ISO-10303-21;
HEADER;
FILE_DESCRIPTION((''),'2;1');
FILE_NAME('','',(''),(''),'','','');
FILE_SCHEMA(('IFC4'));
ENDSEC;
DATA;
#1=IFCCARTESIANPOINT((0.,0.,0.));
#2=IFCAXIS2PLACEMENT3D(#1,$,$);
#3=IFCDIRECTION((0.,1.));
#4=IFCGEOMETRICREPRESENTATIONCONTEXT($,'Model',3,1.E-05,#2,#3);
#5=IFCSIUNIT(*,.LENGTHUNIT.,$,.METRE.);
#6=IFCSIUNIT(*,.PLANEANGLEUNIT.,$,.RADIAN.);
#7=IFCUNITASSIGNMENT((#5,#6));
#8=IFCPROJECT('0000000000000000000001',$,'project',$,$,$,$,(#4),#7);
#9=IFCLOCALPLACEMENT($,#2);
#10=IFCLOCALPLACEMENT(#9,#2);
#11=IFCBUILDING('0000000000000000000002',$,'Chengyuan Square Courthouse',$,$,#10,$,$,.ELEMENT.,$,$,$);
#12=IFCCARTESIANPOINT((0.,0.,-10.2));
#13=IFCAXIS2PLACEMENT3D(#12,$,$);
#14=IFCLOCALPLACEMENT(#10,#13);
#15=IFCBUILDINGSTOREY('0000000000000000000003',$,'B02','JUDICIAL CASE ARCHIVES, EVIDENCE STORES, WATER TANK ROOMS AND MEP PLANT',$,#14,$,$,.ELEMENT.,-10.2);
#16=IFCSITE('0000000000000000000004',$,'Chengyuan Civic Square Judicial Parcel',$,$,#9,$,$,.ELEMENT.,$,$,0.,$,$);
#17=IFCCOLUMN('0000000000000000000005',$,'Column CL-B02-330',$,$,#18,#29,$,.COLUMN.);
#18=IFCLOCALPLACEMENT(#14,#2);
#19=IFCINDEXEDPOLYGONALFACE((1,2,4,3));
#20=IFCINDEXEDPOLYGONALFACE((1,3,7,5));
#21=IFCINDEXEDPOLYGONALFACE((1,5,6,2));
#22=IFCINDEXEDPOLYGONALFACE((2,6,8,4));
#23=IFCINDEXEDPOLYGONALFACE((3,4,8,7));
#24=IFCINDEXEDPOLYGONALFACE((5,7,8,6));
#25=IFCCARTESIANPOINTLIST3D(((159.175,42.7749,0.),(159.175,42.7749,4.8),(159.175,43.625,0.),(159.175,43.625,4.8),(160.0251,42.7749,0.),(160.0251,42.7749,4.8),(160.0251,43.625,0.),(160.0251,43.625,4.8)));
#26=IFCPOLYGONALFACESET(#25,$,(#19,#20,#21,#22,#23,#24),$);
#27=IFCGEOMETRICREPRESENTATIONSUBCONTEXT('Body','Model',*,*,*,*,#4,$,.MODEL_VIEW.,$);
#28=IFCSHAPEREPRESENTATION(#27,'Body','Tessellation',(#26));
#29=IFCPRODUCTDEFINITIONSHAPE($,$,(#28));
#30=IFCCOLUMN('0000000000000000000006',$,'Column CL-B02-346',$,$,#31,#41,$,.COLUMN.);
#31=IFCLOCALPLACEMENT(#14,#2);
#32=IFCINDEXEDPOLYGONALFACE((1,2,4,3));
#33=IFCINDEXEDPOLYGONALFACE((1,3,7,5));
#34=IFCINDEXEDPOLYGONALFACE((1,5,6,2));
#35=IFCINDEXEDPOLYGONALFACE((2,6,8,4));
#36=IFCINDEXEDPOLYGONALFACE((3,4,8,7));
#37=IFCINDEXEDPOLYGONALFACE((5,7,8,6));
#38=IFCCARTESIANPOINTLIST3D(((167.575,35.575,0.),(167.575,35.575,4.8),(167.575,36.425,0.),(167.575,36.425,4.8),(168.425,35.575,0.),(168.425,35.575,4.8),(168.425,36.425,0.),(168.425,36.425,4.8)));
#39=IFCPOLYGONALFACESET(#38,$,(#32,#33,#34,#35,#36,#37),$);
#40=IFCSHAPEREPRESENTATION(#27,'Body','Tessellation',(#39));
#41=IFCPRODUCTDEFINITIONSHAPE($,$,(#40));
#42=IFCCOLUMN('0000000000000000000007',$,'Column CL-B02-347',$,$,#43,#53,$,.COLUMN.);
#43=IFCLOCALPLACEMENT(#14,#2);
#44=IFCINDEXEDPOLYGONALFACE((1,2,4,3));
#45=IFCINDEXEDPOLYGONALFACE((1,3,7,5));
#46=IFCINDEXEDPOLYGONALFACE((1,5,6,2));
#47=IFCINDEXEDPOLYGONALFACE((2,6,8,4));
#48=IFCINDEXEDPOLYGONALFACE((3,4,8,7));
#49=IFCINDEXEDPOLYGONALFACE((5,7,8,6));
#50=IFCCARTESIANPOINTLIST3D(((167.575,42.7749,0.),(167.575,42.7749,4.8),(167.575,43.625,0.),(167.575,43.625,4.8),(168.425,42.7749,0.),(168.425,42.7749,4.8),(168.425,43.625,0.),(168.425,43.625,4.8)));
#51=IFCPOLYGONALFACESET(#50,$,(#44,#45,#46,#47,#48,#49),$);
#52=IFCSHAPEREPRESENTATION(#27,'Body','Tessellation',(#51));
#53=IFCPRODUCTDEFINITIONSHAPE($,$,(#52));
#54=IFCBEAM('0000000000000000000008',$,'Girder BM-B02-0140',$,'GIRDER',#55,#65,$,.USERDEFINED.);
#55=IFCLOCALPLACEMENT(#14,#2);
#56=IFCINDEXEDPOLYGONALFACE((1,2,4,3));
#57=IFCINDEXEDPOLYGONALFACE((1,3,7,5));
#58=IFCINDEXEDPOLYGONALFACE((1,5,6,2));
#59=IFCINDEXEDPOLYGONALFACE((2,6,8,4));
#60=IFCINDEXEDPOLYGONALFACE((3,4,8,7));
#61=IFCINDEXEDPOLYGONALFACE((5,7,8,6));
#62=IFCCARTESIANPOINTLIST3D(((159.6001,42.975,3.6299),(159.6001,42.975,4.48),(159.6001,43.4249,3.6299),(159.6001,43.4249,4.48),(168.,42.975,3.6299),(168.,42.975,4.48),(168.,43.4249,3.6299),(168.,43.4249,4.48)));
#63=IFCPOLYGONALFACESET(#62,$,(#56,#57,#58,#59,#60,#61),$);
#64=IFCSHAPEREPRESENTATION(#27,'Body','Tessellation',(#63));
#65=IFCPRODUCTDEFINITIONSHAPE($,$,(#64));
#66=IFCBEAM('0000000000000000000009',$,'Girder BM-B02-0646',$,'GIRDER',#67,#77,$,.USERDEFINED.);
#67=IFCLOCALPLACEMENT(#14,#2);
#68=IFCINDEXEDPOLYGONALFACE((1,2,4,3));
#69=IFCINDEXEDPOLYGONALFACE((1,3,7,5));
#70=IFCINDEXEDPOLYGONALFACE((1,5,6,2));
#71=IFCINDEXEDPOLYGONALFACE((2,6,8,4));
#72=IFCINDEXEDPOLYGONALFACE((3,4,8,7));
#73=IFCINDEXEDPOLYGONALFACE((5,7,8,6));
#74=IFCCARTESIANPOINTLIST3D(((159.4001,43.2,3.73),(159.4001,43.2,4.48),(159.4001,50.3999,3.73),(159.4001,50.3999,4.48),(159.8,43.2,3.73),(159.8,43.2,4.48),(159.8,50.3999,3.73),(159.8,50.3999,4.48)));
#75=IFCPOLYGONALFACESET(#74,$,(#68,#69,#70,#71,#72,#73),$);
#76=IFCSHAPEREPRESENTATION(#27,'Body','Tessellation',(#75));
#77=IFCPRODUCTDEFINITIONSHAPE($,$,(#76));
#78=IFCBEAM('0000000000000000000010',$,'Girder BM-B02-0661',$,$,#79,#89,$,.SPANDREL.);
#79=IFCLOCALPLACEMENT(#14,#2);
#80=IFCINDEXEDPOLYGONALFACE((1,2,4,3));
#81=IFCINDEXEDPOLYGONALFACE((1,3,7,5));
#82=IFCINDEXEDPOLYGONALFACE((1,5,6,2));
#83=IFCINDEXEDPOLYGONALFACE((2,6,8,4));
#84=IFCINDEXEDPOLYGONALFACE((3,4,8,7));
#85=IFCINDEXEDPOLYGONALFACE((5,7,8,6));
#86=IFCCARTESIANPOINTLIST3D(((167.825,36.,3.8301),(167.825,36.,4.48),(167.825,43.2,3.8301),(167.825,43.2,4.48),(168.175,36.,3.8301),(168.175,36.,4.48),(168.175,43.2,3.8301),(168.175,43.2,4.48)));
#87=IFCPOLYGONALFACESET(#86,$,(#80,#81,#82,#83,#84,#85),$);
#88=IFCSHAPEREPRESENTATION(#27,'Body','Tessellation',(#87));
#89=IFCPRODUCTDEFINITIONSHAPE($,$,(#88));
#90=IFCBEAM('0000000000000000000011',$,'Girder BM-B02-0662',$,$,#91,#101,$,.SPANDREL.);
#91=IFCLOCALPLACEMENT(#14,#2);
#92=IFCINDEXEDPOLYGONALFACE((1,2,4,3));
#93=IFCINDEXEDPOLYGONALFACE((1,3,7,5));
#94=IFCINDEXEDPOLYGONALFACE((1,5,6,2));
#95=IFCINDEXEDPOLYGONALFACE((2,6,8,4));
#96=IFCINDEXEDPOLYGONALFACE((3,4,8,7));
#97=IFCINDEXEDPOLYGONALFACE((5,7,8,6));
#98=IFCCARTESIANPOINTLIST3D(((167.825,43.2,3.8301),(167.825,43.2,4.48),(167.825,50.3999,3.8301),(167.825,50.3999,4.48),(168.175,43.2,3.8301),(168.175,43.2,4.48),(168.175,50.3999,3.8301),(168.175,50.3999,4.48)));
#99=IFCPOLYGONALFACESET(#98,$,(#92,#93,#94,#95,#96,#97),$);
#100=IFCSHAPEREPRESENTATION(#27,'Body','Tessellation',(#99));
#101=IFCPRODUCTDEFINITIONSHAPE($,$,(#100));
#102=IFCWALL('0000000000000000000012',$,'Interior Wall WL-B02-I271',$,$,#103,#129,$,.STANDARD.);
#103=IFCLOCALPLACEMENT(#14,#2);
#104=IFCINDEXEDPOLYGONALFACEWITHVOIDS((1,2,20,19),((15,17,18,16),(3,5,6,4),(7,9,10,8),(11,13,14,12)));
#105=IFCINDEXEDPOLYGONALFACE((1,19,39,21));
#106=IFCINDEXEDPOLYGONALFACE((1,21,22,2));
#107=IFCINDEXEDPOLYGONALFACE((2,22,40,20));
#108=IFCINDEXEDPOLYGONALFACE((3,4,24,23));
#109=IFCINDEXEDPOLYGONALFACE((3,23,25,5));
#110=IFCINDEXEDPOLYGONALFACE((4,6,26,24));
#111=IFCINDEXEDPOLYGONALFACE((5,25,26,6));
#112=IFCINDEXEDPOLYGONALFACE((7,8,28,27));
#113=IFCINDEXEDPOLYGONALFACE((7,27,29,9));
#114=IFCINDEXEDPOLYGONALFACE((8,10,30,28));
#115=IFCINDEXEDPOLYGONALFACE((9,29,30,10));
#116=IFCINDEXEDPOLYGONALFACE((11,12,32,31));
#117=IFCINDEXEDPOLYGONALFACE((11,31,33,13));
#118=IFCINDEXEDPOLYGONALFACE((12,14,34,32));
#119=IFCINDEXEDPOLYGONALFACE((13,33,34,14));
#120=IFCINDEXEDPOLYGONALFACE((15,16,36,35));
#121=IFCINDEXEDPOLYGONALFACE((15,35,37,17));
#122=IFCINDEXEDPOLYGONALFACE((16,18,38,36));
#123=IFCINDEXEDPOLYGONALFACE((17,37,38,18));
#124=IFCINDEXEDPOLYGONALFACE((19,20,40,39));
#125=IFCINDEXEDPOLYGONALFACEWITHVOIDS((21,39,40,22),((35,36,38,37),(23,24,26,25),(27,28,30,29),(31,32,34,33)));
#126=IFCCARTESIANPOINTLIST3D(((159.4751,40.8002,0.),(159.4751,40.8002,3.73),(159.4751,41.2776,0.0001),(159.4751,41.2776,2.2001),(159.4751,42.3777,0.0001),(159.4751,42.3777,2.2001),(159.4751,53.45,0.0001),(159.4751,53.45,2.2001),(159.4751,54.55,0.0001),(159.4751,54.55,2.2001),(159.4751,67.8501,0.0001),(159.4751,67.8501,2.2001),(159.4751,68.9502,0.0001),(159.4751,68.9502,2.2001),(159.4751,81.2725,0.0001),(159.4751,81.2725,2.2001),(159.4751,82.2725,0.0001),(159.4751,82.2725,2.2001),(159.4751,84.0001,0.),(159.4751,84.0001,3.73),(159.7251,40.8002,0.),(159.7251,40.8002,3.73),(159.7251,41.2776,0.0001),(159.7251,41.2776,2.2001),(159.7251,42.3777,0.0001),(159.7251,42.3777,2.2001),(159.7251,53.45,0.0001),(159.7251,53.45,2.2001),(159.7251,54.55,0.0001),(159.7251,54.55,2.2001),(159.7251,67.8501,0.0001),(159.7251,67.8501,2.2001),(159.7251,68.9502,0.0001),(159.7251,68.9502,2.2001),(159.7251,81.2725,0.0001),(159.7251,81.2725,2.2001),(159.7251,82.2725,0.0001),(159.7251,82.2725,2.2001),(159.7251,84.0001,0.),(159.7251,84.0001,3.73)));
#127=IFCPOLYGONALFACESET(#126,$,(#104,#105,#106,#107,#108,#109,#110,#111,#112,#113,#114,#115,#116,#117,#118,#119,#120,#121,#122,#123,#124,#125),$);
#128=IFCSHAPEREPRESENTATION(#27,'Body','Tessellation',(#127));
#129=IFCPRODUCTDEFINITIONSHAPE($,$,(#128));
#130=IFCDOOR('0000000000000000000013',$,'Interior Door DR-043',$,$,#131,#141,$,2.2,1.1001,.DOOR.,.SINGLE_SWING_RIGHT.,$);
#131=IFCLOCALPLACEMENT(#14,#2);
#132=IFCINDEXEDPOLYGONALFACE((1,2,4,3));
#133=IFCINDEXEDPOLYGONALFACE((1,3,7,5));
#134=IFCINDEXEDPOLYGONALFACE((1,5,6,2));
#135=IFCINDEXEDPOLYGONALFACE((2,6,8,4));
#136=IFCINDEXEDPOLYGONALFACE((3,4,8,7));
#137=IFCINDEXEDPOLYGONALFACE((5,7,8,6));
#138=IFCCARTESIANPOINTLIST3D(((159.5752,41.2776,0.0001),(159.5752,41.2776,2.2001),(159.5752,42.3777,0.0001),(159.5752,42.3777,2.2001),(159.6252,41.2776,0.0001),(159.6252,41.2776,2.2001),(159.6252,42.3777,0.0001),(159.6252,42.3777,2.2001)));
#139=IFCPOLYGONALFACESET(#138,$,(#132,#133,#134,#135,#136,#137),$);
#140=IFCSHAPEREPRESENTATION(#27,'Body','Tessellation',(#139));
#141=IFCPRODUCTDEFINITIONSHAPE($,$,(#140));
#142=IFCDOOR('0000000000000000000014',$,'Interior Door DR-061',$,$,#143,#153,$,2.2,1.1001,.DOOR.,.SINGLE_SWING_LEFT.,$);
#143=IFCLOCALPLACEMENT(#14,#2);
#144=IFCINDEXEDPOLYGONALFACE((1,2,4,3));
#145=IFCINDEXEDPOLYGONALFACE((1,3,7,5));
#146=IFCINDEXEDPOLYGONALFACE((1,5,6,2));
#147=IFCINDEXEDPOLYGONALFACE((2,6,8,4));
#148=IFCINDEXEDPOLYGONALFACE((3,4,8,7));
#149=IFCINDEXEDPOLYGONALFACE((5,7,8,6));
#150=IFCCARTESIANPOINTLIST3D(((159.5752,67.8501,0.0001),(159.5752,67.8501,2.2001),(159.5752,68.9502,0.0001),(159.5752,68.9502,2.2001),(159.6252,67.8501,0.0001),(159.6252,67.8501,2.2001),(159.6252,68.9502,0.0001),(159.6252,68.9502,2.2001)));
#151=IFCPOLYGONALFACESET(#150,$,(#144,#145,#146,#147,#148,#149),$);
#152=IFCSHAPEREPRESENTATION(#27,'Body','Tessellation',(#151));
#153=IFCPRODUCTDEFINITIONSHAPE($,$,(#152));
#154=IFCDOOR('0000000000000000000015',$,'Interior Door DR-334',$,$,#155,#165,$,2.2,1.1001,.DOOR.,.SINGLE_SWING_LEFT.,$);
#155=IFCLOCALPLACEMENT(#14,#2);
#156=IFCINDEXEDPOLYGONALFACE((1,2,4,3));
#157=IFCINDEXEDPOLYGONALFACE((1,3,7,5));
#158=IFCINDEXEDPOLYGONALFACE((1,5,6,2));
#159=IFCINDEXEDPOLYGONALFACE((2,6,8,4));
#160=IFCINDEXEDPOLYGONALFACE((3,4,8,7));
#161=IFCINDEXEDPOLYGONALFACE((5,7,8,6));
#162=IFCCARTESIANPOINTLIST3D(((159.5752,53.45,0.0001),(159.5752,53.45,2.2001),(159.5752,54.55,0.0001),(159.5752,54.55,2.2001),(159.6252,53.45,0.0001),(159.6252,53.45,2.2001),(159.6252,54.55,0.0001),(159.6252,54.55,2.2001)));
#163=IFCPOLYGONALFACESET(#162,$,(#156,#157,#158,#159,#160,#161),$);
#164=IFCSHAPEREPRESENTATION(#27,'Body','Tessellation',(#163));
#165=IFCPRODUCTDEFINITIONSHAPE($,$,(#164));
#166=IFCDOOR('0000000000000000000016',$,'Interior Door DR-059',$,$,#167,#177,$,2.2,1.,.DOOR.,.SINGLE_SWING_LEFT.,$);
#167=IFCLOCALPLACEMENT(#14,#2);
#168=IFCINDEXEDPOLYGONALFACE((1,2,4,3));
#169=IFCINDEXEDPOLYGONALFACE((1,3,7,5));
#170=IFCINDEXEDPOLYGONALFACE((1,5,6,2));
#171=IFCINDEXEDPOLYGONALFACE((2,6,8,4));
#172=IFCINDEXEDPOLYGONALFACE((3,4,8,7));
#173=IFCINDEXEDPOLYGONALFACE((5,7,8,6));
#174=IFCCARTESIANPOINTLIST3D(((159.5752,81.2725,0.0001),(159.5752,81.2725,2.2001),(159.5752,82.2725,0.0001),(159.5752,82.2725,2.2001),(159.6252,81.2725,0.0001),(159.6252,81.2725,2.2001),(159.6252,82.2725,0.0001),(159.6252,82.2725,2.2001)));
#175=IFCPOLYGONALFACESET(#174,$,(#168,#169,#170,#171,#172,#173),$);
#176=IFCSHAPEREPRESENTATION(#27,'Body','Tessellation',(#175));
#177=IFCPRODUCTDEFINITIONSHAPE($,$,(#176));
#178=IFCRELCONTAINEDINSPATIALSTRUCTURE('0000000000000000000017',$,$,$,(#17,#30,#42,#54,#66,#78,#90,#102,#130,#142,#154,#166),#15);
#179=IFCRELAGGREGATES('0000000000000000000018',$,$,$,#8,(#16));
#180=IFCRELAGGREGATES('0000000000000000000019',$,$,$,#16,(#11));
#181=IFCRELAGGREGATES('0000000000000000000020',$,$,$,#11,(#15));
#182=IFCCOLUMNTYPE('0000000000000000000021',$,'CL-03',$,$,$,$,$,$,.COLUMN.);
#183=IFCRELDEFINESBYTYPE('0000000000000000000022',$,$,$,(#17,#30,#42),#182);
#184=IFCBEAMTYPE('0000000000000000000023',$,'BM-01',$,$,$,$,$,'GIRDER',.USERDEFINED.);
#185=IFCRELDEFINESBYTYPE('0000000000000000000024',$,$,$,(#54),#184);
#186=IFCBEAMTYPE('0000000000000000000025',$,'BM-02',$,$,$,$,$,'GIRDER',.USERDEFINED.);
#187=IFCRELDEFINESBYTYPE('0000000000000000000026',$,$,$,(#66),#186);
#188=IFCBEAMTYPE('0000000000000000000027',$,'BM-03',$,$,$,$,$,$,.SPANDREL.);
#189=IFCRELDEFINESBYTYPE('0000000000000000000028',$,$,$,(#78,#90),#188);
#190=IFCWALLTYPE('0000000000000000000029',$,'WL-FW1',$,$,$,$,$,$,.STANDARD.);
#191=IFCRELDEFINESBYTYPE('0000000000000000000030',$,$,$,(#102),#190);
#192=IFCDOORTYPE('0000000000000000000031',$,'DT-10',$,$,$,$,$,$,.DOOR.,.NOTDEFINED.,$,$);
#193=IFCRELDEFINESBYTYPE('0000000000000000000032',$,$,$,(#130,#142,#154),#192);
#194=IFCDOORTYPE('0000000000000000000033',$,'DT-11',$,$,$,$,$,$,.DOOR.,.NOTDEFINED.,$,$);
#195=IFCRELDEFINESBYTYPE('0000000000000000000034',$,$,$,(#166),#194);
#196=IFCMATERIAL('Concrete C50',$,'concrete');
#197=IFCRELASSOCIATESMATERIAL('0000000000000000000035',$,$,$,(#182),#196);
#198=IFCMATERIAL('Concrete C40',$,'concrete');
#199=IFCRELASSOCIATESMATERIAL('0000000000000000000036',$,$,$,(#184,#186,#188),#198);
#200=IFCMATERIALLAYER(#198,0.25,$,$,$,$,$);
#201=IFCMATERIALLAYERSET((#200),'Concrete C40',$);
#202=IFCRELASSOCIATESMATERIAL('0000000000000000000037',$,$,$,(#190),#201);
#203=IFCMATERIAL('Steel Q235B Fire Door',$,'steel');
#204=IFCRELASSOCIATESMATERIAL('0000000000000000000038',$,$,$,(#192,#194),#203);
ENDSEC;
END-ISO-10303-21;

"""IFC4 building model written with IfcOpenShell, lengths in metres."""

from ifc_helpers import new_model, si_unit, direction, frame, frame_2d, origin, origin_2d, place, context, subcontext, project, spatial, rectangle, extrude, material, layer, layer_set, material_profile, profile_set, type_object, element, fill, save


model = new_model("IFC4")

# Units and contexts
model_context = context("Model", 3, precision=1e-05, world=origin(), true_north=direction((0.0, 1.0)))
body_context = subcontext(model_context, "Body", "Model", "MODEL_VIEW")
ifc_project = project(units=[si_unit("LENGTHUNIT", "METRE"), si_unit("PLANEANGLEUNIT", "RADIAN")], contexts=[model_context])

# Site, building, storey
site_placement = place(None, origin())
site = spatial("IfcSite", under=ifc_project, at=site_placement, Name="Chengyuan Civic Square Judicial Parcel", CompositionType="ELEMENT", RefElevation=0.0)
building_placement = place(site_placement, origin())
building = spatial("IfcBuilding", under=site, at=building_placement, Name="Chengyuan Square Courthouse", CompositionType="ELEMENT")
storey_placement = place(building_placement, frame((0.0, 0.0, -10.2)))
storey = spatial("IfcBuildingStorey", under=building, at=storey_placement, Name="B02", Description="JUDICIAL CASE ARCHIVES, EVIDENCE STORES, WATER TANK ROOMS AND MEP PLANT", CompositionType="ELEMENT", Elevation=-10.2)

# Shared definitions
ifc_material_1 = material(Name="Concrete C40", Category="concrete")

# Columns
ifc_material_2 = material(Name="Concrete C50", Category="concrete")
ifc_material_profile_1 = material_profile(ifc_material_2, rectangle(XDim=0.8501, YDim=0.8501, at=origin_2d()), Name="RC-COL-850x850")
ifc_profile_set_1 = profile_set([ifc_material_profile_1], Name="Concrete C50")
column_type = type_object("IfcColumnType", Name="CL-03", PredefinedType="COLUMN", material=ifc_profile_set_1)
for number, where, z_axis, x_axis, name in (
    (1, (159.6001, 43.2, 0.0), (0.0, 0.0, 1.0), (1.0, 0.0, 0.0), "Column CL-B02-330"),
    (2, (168.0, 36.0, 0.0), (0.0, 0.0, 1.0), (1.0, 0.0, 0.0), "Column CL-B02-346"),
    (3, (168.0, 43.2, 0.0), (0.0, 0.0, 1.0), (1.0, 0.0, 0.0), "Column CL-B02-347"),
):
    element("IfcColumn", number, at=place(storey_placement, frame(where, z_axis=z_axis, x_axis=x_axis)), inside=storey, type_object=column_type, Name=name, PredefinedType="COLUMN", context=body_context, shape_type="SweptSolid", body=[
        extrude(rectangle(XDim=0.8501, YDim=0.8501, at=origin_2d()), origin(), (0.0, 0.0, 1.0), 4.8),
    ])

# Beams
ifc_material_profile_2 = material_profile(ifc_material_1, rectangle(XDim=0.45, YDim=0.8501, at=origin_2d()), Name="RC-BM-450x850")
ifc_profile_set_2 = profile_set([ifc_material_profile_2], Name="Concrete C40")
beam_type_1 = type_object("IfcBeamType", Name="BM-01", ElementType="GIRDER", PredefinedType="USERDEFINED", material=ifc_profile_set_2)
beam_1_placement = place(storey_placement, frame((159.6001, 43.2, 4.0549), z_axis=(1.0, 0.0, 0.0), x_axis=(0.0, 1.0, 0.0)))
element("IfcBeam", 4, at=beam_1_placement, inside=storey, type_object=beam_type_1, Name="Girder BM-B02-0140", ObjectType="GIRDER", PredefinedType="USERDEFINED", context=body_context, shape_type="SweptSolid", body=[
    extrude(rectangle(XDim=0.45, YDim=0.8501, at=origin_2d()), origin(), (0.0, 0.0, 1.0), 8.3999),
])
ifc_material_profile_3 = material_profile(ifc_material_1, rectangle(XDim=0.3999, YDim=0.75, at=origin_2d()), Name="RC-BM-400x750")
ifc_profile_set_3 = profile_set([ifc_material_profile_3], Name="Concrete C40")
beam_type_2 = type_object("IfcBeamType", Name="BM-02", ElementType="GIRDER", PredefinedType="USERDEFINED", material=ifc_profile_set_3)
beam_2_placement = place(storey_placement, frame((159.6001, 43.2, 4.105), z_axis=(0.0, 1.0, 0.0), x_axis=(-1.0, 0.0, 0.0)))
element("IfcBeam", 5, at=beam_2_placement, inside=storey, type_object=beam_type_2, Name="Girder BM-B02-0646", ObjectType="GIRDER", PredefinedType="USERDEFINED", context=body_context, shape_type="SweptSolid", body=[
    extrude(rectangle(XDim=0.3999, YDim=0.75, at=origin_2d()), origin(), (0.0, 0.0, 1.0), 7.2),
])
ifc_material_profile_4 = material_profile(ifc_material_1, rectangle(XDim=0.3501, YDim=0.6499, at=origin_2d()), Name="RC-BM-350x650")
ifc_profile_set_4 = profile_set([ifc_material_profile_4], Name="Concrete C40")
beam_type_3 = type_object("IfcBeamType", Name="BM-03", PredefinedType="SPANDREL", material=ifc_profile_set_4)
for number, where, z_axis, x_axis, name in (
    (6, (168.0, 36.0, 4.155), (0.0, 1.0, 0.0), (-1.0, 0.0, 0.0), "Girder BM-B02-0661"),
    (7, (168.0, 43.2, 4.155), (0.0, 1.0, 0.0), (-1.0, 0.0, 0.0), "Girder BM-B02-0662"),
):
    element("IfcBeam", number, at=place(storey_placement, frame(where, z_axis=z_axis, x_axis=x_axis)), inside=storey, type_object=beam_type_3, Name=name, PredefinedType="SPANDREL", context=body_context, shape_type="SweptSolid", body=[
        extrude(rectangle(XDim=0.3501, YDim=0.6499, at=origin_2d()), origin(), (0.0, 0.0, 1.0), 7.2),
    ])

# Wall, openings, doors
ifc_layer_1 = layer(ifc_material_1, 0.25)
ifc_layer_set_1 = layer_set([ifc_layer_1], Name="Concrete C40")
wall_type_1 = type_object("IfcWallType", Name="WL-FW1", PredefinedType="STANDARD", material=ifc_layer_set_1)
wall_1_placement = place(storey_placement, frame((159.6001, 40.8, 0.0), z_axis=(0.0, 0.0, 1.0), x_axis=(0.0, 1.0, 0.0)))
wall_1 = element("IfcWall", 8, at=wall_1_placement, inside=storey, type_object=wall_type_1, Name="Interior Wall WL-B02-I271", PredefinedType="STANDARD", context=body_context, shape_type="SweptSolid", body=[
    extrude(rectangle(XDim=43.2, YDim=0.25, at=frame_2d((21.6001, 0.0))), origin(), (0.0, 0.0, 1.0), 3.73),
])
opening_1_placement = place(wall_1_placement, frame((0.4775, 0.0, 0.0)))
opening_1 = element("IfcOpeningElement", 9, at=opening_1_placement, cuts=wall_1, PredefinedType="OPENING", context=body_context, shape_type="SweptSolid", body=[
    extrude(rectangle(XDim=1.1001, YDim=2.2, at=frame_2d((0.55, 1.1001))), frame((0.0, 0.137, 0.0), z_axis=(0.0, -1.0, 0.0), x_axis=(1.0, 0.0, 0.0)), (0.0, 0.0, 1.0), 0.2739),
])
opening_2_placement = place(wall_1_placement, frame((40.4724, 0.0, 0.0)))
opening_2 = element("IfcOpeningElement", 10, at=opening_2_placement, cuts=wall_1, PredefinedType="OPENING", context=body_context, shape_type="SweptSolid", body=[
    extrude(rectangle(XDim=1.0, YDim=2.2, at=frame_2d((0.5, 1.1001))), frame((0.0, 0.137, 0.0), z_axis=(0.0, -1.0, 0.0), x_axis=(1.0, 0.0, 0.0)), (0.0, 0.0, 1.0), 0.2739),
])
opening_3_placement = place(wall_1_placement, frame((27.05, 0.0, 0.0)))
opening_3 = element("IfcOpeningElement", 11, at=opening_3_placement, cuts=wall_1, PredefinedType="OPENING", context=body_context, shape_type="SweptSolid", body=[
    extrude(rectangle(XDim=1.1001, YDim=2.2, at=frame_2d((0.55, 1.1001))), frame((0.0, 0.137, 0.0), z_axis=(0.0, -1.0, 0.0), x_axis=(1.0, 0.0, 0.0)), (0.0, 0.0, 1.0), 0.2739),
])
opening_4_placement = place(wall_1_placement, frame((12.6499, 0.0, 0.0)))
opening_4 = element("IfcOpeningElement", 12, at=opening_4_placement, cuts=wall_1, PredefinedType="OPENING", context=body_context, shape_type="SweptSolid", body=[
    extrude(rectangle(XDim=1.1001, YDim=2.2, at=frame_2d((0.55, 1.1001))), frame((0.0, 0.137, 0.0), z_axis=(0.0, -1.0, 0.0), x_axis=(1.0, 0.0, 0.0)), (0.0, 0.0, 1.0), 0.2739),
])
ifc_material_3 = material(Name="Steel Q235B Fire Door", Category="steel")
door_type_1 = type_object("IfcDoorType", Name="DT-10", OperationType="NOTDEFINED", PredefinedType="DOOR", material=ifc_material_3)
door_1_placement = place(opening_1_placement, origin())
door_1 = element("IfcDoor", 13, at=door_1_placement, inside=storey, type_object=door_type_1, Name="Interior Door DR-043", OperationType="SINGLE_SWING_RIGHT", OverallHeight=2.2, OverallWidth=1.1001, PredefinedType="DOOR", context=body_context, shape_type="SweptSolid", body=[
    extrude(rectangle(XDim=1.1001, YDim=2.2, at=frame_2d((0.55, 1.1001))), frame((0.0, 0.0249, 0.0), z_axis=(0.0, -1.0, 0.0), x_axis=(1.0, 0.0, 0.0)), (0.0, 0.0, 1.0), 0.05),
])
fill(opening_1, door_1)
door_2_placement = place(opening_3_placement, origin())
door_2 = element("IfcDoor", 14, at=door_2_placement, inside=storey, type_object=door_type_1, Name="Interior Door DR-061", OperationType="SINGLE_SWING_LEFT", OverallHeight=2.2, OverallWidth=1.1001, PredefinedType="DOOR", context=body_context, shape_type="SweptSolid", body=[
    extrude(rectangle(XDim=1.1001, YDim=2.2, at=frame_2d((0.55, 1.1001))), frame((0.0, 0.0249, 0.0), z_axis=(0.0, -1.0, 0.0), x_axis=(1.0, 0.0, 0.0)), (0.0, 0.0, 1.0), 0.05),
])
fill(opening_3, door_2)
door_3_placement = place(opening_4_placement, origin())
door_3 = element("IfcDoor", 15, at=door_3_placement, inside=storey, type_object=door_type_1, Name="Interior Door DR-334", OperationType="SINGLE_SWING_LEFT", OverallHeight=2.2, OverallWidth=1.1001, PredefinedType="DOOR", context=body_context, shape_type="SweptSolid", body=[
    extrude(rectangle(XDim=1.1001, YDim=2.2, at=frame_2d((0.55, 1.1001))), frame((0.0, 0.0249, 0.0), z_axis=(0.0, -1.0, 0.0), x_axis=(1.0, 0.0, 0.0)), (0.0, 0.0, 1.0), 0.05),
])
fill(opening_4, door_3)
door_type_2 = type_object("IfcDoorType", Name="DT-11", OperationType="NOTDEFINED", PredefinedType="DOOR", material=ifc_material_3)
door_4_placement = place(opening_2_placement, origin())
door_4 = element("IfcDoor", 16, at=door_4_placement, inside=storey, type_object=door_type_2, Name="Interior Door DR-059", OperationType="SINGLE_SWING_LEFT", OverallHeight=2.2, OverallWidth=1.0, PredefinedType="DOOR", context=body_context, shape_type="SweptSolid", body=[
    extrude(rectangle(XDim=1.0, YDim=2.2, at=frame_2d((0.5, 1.1001))), frame((0.0, 0.0249, 0.0), z_axis=(0.0, -1.0, 0.0), x_axis=(1.0, 0.0, 0.0)), (0.0, 0.0, 1.0), 0.05),
])
fill(opening_2, door_4)

save(model, "model.ifc")
